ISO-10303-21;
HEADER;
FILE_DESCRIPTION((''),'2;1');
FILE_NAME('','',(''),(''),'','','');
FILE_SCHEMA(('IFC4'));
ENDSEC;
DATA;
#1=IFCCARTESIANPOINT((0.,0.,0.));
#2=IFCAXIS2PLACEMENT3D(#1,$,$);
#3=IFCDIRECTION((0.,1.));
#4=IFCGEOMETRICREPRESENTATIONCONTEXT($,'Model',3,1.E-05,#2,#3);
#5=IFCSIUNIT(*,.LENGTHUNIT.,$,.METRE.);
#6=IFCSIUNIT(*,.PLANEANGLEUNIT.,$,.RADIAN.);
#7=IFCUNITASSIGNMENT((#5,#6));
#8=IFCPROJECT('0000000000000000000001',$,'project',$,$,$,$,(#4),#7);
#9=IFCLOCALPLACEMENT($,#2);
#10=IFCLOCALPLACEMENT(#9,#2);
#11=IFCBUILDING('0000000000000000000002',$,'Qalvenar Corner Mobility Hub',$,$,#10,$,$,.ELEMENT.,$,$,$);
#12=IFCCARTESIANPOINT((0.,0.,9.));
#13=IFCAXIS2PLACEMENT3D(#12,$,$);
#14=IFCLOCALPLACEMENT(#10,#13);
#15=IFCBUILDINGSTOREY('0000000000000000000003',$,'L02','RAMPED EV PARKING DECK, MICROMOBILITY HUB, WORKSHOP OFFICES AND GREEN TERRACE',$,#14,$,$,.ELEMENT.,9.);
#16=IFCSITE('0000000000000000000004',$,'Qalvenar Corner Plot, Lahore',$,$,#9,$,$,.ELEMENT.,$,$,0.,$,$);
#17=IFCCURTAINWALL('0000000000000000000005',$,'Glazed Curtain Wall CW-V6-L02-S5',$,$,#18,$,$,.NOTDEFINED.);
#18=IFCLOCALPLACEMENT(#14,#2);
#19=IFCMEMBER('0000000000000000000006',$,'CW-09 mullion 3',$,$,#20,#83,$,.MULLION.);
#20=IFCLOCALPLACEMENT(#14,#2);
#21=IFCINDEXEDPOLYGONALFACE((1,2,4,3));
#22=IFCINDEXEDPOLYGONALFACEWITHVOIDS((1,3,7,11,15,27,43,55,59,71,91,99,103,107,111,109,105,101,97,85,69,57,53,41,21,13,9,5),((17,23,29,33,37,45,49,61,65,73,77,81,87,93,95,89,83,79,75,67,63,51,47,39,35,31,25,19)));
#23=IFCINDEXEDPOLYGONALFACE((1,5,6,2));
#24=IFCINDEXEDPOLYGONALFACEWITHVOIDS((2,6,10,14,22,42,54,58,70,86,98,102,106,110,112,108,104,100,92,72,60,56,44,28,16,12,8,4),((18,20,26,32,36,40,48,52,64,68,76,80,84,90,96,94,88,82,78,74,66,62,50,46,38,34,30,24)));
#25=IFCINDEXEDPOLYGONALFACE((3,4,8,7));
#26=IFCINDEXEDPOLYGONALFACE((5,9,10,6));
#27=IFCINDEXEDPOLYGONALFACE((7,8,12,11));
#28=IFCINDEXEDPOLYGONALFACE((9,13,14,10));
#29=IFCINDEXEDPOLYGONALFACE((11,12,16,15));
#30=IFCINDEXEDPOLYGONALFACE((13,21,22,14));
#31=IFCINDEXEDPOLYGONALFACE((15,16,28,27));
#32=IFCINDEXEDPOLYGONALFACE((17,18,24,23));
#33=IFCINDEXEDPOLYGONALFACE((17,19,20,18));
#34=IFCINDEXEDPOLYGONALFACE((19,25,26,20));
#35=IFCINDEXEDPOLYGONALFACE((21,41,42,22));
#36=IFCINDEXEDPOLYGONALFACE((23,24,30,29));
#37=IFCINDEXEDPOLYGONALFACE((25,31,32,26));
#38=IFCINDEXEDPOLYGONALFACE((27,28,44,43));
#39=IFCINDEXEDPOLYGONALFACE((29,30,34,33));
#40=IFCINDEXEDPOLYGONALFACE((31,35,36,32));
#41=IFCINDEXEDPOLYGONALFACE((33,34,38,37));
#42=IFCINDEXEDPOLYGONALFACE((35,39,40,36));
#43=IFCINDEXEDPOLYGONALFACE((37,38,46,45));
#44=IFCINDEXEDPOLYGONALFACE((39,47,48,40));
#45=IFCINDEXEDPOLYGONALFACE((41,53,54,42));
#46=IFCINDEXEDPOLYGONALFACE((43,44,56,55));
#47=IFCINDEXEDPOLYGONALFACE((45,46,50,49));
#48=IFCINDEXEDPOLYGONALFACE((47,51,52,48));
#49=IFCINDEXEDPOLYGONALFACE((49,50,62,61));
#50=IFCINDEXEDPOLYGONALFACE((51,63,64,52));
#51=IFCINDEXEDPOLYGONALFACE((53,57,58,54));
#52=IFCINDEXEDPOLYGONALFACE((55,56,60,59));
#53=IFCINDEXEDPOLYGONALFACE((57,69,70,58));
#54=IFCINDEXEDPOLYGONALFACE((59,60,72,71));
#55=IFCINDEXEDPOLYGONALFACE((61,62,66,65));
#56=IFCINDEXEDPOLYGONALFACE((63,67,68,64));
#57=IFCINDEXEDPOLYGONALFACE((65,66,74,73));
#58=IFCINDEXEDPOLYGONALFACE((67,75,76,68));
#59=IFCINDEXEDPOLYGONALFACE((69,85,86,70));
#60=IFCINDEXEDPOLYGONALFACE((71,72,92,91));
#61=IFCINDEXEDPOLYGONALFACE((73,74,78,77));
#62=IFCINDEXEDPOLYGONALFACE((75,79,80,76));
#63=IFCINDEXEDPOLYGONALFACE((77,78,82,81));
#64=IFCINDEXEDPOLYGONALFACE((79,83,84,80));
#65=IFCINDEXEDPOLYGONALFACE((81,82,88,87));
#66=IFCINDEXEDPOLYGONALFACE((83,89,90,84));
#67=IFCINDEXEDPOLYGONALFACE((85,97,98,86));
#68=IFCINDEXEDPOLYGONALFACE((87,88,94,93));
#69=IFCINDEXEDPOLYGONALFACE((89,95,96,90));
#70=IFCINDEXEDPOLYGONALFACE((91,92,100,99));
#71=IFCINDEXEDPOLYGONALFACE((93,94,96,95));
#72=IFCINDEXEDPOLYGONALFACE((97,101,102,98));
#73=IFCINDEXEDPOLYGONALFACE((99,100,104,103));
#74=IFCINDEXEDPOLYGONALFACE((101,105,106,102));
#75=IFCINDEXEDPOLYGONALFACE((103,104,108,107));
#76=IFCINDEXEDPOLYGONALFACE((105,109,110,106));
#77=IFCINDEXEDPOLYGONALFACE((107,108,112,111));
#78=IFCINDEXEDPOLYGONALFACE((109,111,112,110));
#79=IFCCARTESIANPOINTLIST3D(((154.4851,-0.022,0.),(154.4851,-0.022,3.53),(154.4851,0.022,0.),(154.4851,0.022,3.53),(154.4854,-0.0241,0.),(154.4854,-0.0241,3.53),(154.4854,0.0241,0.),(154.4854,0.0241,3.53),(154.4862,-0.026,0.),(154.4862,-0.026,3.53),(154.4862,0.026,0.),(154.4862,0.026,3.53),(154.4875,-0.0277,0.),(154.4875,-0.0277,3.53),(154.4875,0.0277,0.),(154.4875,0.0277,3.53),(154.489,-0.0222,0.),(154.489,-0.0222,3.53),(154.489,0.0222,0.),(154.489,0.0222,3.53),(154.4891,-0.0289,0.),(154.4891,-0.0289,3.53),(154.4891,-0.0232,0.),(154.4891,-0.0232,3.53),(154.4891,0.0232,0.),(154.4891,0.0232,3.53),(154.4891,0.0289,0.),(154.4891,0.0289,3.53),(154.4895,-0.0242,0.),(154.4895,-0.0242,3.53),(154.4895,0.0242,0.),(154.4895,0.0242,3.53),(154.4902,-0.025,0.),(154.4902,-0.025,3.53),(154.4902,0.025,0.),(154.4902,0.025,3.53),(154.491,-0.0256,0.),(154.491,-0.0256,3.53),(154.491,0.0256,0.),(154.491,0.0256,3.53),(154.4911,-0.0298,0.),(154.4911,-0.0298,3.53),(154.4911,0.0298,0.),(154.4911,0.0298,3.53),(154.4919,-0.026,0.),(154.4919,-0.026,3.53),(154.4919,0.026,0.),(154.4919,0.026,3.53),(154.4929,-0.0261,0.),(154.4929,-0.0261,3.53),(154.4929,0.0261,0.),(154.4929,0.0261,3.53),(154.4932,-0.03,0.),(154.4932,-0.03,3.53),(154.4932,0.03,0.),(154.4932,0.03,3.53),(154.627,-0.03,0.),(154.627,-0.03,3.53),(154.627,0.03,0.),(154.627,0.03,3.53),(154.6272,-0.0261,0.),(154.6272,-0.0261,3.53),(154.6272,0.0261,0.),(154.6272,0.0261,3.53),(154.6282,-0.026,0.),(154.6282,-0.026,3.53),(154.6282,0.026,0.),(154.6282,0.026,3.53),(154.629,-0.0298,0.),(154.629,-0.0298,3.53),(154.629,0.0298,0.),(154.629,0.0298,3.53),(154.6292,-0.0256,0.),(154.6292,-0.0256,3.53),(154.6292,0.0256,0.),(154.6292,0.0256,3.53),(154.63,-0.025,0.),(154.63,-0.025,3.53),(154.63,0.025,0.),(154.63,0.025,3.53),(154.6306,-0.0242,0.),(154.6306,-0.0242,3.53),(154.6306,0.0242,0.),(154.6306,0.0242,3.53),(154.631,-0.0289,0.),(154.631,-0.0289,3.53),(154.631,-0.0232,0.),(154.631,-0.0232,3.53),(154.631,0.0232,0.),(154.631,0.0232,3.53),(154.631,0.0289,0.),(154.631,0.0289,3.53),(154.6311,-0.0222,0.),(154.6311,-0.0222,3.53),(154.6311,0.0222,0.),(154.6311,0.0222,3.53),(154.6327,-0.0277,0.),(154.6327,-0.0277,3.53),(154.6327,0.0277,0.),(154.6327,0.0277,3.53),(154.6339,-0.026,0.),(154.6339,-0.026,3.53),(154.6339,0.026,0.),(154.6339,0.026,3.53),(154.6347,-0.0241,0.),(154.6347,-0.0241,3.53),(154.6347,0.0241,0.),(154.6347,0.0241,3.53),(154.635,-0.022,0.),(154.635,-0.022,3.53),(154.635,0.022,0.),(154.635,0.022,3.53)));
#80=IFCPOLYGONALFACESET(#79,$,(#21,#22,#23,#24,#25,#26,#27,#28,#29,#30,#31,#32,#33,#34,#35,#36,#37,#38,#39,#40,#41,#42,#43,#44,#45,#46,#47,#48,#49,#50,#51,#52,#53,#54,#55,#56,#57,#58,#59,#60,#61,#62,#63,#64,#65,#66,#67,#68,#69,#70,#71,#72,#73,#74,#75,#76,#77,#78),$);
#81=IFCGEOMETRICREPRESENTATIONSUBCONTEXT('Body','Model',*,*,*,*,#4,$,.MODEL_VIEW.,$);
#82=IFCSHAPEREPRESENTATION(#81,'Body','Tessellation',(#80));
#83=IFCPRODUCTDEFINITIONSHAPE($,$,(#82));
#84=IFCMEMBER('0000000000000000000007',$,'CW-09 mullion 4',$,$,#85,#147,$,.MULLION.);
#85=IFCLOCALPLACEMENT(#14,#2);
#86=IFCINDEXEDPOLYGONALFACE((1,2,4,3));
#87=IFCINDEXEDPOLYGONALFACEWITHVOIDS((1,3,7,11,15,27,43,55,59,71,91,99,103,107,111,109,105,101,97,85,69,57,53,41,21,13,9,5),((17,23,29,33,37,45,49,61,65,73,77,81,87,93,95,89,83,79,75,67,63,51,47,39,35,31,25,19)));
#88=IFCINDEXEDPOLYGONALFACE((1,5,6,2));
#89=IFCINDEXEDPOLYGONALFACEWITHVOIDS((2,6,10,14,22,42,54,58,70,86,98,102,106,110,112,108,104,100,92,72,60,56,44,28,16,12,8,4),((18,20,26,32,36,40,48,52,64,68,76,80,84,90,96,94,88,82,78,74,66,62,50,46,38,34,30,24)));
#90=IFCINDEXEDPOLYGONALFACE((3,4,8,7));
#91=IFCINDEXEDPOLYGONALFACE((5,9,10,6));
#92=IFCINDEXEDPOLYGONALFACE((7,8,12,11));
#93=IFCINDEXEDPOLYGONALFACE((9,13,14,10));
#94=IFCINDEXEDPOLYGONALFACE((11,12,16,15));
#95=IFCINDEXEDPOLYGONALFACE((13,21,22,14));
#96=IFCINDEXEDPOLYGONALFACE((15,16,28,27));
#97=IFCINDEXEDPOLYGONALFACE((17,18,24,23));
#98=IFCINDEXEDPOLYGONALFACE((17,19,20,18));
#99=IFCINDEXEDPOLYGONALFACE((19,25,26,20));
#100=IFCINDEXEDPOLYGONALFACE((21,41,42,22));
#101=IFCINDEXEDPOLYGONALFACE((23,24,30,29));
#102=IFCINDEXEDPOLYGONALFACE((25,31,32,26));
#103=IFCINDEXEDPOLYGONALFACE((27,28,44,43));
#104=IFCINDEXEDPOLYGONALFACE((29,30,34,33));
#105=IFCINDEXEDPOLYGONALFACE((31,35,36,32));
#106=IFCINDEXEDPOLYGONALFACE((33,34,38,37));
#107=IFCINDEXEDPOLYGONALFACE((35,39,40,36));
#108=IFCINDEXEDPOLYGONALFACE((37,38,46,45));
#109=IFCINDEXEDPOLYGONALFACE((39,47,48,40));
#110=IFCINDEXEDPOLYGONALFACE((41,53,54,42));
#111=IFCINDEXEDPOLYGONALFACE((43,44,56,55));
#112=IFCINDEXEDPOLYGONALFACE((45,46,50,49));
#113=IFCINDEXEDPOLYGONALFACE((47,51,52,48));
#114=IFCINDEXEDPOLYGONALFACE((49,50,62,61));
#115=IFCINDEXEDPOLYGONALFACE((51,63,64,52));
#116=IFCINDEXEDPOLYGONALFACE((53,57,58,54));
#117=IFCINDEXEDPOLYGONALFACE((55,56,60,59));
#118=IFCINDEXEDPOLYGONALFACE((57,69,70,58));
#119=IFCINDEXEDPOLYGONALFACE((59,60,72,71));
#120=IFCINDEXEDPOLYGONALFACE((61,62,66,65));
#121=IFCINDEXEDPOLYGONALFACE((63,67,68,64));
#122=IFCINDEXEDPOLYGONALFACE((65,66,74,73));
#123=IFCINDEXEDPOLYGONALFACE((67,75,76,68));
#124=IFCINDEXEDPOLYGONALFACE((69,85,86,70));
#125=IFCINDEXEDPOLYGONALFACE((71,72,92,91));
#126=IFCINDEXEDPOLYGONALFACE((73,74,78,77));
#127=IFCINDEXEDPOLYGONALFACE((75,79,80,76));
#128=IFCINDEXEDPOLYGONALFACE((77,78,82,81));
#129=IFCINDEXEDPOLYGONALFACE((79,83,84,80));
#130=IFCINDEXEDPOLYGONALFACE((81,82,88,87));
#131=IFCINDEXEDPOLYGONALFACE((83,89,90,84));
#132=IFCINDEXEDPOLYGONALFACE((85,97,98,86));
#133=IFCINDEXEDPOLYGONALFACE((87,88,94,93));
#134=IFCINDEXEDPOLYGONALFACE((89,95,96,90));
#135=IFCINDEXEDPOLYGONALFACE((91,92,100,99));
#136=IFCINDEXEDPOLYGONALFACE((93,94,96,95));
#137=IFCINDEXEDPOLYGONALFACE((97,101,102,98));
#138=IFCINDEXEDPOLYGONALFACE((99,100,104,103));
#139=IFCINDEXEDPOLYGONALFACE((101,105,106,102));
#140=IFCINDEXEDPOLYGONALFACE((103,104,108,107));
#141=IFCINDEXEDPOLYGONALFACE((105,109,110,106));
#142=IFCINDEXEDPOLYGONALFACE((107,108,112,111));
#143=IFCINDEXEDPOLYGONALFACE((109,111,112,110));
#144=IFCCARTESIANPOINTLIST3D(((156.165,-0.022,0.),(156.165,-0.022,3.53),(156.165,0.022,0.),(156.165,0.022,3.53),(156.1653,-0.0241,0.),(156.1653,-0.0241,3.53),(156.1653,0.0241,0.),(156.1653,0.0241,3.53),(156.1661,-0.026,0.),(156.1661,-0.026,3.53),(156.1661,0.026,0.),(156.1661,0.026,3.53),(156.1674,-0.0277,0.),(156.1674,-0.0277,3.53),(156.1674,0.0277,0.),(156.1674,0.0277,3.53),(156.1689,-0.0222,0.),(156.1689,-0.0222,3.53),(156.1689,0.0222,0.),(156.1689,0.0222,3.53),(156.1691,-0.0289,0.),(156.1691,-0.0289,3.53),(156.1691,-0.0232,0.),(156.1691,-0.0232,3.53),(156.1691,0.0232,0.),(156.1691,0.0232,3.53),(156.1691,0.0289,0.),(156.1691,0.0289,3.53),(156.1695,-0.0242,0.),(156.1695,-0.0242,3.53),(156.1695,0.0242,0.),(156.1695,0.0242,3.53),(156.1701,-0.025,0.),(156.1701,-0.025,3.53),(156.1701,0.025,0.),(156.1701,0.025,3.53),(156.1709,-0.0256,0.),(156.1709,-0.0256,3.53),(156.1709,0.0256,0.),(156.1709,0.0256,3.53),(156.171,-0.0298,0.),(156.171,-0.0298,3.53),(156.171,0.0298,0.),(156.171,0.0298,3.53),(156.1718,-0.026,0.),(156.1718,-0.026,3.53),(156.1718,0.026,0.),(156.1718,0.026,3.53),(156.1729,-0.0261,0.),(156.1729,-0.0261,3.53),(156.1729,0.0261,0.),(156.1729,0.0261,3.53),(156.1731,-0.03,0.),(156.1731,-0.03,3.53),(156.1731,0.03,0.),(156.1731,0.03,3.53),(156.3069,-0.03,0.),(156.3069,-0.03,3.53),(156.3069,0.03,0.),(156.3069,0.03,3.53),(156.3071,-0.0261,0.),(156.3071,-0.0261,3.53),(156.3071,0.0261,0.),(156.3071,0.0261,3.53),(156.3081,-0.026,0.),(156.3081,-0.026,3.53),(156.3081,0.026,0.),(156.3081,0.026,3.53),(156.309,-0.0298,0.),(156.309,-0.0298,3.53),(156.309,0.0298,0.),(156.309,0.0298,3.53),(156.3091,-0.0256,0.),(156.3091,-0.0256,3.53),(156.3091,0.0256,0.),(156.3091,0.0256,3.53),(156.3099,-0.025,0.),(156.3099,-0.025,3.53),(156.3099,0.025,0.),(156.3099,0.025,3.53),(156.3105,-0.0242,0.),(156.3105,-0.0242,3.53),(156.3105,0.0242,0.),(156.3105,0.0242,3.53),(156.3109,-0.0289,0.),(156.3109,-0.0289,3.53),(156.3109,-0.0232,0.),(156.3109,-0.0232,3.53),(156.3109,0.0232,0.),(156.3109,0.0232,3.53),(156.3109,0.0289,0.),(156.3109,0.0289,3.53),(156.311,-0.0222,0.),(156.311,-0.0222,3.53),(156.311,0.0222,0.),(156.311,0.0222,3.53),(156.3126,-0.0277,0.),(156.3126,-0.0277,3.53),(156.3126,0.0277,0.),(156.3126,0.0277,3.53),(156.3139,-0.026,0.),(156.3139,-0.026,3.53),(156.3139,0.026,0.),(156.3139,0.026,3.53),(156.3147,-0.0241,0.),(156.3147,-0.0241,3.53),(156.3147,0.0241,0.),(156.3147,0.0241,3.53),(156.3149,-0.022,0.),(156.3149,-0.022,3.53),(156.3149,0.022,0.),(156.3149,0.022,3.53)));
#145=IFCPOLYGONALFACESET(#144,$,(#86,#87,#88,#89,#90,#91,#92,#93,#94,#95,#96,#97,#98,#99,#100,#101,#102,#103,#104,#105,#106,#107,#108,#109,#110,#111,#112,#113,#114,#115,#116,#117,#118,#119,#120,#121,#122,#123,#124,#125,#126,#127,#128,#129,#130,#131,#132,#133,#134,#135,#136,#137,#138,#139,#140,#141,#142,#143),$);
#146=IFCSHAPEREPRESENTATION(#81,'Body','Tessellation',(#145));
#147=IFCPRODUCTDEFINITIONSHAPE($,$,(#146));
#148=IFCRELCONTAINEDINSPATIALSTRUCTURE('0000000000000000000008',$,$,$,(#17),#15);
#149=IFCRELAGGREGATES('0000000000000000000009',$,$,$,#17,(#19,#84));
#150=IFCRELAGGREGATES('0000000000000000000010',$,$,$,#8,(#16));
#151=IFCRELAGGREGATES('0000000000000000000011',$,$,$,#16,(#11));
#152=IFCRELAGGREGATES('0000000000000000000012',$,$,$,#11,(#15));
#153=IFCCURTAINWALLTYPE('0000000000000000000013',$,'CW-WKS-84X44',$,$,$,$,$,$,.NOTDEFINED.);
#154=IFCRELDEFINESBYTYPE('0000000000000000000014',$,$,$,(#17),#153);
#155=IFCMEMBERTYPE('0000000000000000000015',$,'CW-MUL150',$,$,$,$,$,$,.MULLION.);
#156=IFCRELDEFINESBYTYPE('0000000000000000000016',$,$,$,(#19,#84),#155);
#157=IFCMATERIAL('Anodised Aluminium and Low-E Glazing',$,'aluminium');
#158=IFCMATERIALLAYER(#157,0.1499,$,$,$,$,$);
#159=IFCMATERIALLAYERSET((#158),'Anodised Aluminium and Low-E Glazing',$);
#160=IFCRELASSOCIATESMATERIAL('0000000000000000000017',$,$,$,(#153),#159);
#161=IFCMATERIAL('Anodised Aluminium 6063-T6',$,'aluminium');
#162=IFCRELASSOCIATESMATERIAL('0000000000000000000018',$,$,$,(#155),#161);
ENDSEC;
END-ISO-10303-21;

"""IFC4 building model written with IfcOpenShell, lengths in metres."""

from ifc_helpers import new_model, si_unit, direction, frame, origin, origin_2d, place, context, subcontext, project, spatial, hollow_rectangle, extrude, material, layer, layer_set, material_profile, profile_set, type_object, element, aggregate, save


model = new_model("IFC4")

# Units and contexts
model_context = context("Model", 3, precision=1e-05, world=origin(), true_north=direction((0.0, 1.0)))
body_context = subcontext(model_context, "Body", "Model", "MODEL_VIEW")
ifc_project = project(units=[si_unit("LENGTHUNIT", "METRE"), si_unit("PLANEANGLEUNIT", "RADIAN")], contexts=[model_context])

# Site, building, storey
site_placement = place(None, origin())
site = spatial("IfcSite", under=ifc_project, at=site_placement, Name="Qalvenar Corner Plot, Lahore", CompositionType="ELEMENT", RefElevation=0.0)
building_placement = place(site_placement, origin())
building = spatial("IfcBuilding", under=site, at=building_placement, Name="Qalvenar Corner Mobility Hub", CompositionType="ELEMENT")
storey_placement = place(building_placement, frame((0.0, 0.0, 9.0)))
storey = spatial("IfcBuildingStorey", under=building, at=storey_placement, Name="L02", Description="RAMPED EV PARKING DECK, MICROMOBILITY HUB, WORKSHOP OFFICES AND GREEN TERRACE", CompositionType="ELEMENT", Elevation=9.0)

# Curtain wall, members
ifc_material_1 = material(Name="Anodised Aluminium and Low-E Glazing", Category="aluminium")
ifc_layer_1 = layer(ifc_material_1, 0.1499)
ifc_layer_set_1 = layer_set([ifc_layer_1], Name="Anodised Aluminium and Low-E Glazing")
curtain_wall_type = type_object("IfcCurtainWallType", Name="CW-WKS-84X44", PredefinedType="NOTDEFINED", material=ifc_layer_set_1)
curtain_wall_placement = place(storey_placement, origin())
curtain_wall = element("IfcCurtainWall", 1, at=curtain_wall_placement, inside=storey, type_object=curtain_wall_type, Name="Glazed Curtain Wall CW-V6-L02-S5", PredefinedType="NOTDEFINED")
ifc_material_2 = material(Name="Anodised Aluminium 6063-T6", Category="aluminium")
ifc_material_profile_1 = material_profile(ifc_material_2, hollow_rectangle(XDim=0.0601, YDim=0.1499, WallThickness=0.0039, InnerFilletRadius=0.0039, OuterFilletRadius=0.0081, at=origin_2d()), Name="RHS150x60x4")
ifc_profile_set_1 = profile_set([ifc_material_profile_1], Name="Anodised Aluminium 6063-T6")
member_type_1 = type_object("IfcMemberType", Name="CW-MUL150", PredefinedType="MULLION", material=ifc_profile_set_1)
member_1_placement = place(storey_placement, frame((154.5601, 0.0, 0.0), z_axis=(0.0, 0.0, 1.0), x_axis=(0.0, 1.0, 0.0)))
member_1 = element("IfcMember", 2, at=member_1_placement, type_object=member_type_1, Name="CW-09 mullion 3", PredefinedType="MULLION", context=body_context, shape_type="SweptSolid", body=[
    extrude(hollow_rectangle(XDim=0.0601, YDim=0.1499, WallThickness=0.0039, InnerFilletRadius=0.0039, OuterFilletRadius=0.0081, at=origin_2d()), origin(), (0.0, 0.0, 1.0), 3.53),
])
member_2_placement = place(storey_placement, frame((156.24, 0.0, 0.0), z_axis=(0.0, 0.0, 1.0), x_axis=(0.0, 1.0, 0.0)))
member_2 = element("IfcMember", 3, at=member_2_placement, type_object=member_type_1, Name="CW-09 mullion 4", PredefinedType="MULLION", context=body_context, shape_type="SweptSolid", body=[
    extrude(hollow_rectangle(XDim=0.0601, YDim=0.1499, WallThickness=0.0039, InnerFilletRadius=0.0039, OuterFilletRadius=0.0081, at=origin_2d()), origin(), (0.0, 0.0, 1.0), 3.53),
])
aggregate(curtain_wall, [member_1, member_2])

save(model, "model.ifc")
